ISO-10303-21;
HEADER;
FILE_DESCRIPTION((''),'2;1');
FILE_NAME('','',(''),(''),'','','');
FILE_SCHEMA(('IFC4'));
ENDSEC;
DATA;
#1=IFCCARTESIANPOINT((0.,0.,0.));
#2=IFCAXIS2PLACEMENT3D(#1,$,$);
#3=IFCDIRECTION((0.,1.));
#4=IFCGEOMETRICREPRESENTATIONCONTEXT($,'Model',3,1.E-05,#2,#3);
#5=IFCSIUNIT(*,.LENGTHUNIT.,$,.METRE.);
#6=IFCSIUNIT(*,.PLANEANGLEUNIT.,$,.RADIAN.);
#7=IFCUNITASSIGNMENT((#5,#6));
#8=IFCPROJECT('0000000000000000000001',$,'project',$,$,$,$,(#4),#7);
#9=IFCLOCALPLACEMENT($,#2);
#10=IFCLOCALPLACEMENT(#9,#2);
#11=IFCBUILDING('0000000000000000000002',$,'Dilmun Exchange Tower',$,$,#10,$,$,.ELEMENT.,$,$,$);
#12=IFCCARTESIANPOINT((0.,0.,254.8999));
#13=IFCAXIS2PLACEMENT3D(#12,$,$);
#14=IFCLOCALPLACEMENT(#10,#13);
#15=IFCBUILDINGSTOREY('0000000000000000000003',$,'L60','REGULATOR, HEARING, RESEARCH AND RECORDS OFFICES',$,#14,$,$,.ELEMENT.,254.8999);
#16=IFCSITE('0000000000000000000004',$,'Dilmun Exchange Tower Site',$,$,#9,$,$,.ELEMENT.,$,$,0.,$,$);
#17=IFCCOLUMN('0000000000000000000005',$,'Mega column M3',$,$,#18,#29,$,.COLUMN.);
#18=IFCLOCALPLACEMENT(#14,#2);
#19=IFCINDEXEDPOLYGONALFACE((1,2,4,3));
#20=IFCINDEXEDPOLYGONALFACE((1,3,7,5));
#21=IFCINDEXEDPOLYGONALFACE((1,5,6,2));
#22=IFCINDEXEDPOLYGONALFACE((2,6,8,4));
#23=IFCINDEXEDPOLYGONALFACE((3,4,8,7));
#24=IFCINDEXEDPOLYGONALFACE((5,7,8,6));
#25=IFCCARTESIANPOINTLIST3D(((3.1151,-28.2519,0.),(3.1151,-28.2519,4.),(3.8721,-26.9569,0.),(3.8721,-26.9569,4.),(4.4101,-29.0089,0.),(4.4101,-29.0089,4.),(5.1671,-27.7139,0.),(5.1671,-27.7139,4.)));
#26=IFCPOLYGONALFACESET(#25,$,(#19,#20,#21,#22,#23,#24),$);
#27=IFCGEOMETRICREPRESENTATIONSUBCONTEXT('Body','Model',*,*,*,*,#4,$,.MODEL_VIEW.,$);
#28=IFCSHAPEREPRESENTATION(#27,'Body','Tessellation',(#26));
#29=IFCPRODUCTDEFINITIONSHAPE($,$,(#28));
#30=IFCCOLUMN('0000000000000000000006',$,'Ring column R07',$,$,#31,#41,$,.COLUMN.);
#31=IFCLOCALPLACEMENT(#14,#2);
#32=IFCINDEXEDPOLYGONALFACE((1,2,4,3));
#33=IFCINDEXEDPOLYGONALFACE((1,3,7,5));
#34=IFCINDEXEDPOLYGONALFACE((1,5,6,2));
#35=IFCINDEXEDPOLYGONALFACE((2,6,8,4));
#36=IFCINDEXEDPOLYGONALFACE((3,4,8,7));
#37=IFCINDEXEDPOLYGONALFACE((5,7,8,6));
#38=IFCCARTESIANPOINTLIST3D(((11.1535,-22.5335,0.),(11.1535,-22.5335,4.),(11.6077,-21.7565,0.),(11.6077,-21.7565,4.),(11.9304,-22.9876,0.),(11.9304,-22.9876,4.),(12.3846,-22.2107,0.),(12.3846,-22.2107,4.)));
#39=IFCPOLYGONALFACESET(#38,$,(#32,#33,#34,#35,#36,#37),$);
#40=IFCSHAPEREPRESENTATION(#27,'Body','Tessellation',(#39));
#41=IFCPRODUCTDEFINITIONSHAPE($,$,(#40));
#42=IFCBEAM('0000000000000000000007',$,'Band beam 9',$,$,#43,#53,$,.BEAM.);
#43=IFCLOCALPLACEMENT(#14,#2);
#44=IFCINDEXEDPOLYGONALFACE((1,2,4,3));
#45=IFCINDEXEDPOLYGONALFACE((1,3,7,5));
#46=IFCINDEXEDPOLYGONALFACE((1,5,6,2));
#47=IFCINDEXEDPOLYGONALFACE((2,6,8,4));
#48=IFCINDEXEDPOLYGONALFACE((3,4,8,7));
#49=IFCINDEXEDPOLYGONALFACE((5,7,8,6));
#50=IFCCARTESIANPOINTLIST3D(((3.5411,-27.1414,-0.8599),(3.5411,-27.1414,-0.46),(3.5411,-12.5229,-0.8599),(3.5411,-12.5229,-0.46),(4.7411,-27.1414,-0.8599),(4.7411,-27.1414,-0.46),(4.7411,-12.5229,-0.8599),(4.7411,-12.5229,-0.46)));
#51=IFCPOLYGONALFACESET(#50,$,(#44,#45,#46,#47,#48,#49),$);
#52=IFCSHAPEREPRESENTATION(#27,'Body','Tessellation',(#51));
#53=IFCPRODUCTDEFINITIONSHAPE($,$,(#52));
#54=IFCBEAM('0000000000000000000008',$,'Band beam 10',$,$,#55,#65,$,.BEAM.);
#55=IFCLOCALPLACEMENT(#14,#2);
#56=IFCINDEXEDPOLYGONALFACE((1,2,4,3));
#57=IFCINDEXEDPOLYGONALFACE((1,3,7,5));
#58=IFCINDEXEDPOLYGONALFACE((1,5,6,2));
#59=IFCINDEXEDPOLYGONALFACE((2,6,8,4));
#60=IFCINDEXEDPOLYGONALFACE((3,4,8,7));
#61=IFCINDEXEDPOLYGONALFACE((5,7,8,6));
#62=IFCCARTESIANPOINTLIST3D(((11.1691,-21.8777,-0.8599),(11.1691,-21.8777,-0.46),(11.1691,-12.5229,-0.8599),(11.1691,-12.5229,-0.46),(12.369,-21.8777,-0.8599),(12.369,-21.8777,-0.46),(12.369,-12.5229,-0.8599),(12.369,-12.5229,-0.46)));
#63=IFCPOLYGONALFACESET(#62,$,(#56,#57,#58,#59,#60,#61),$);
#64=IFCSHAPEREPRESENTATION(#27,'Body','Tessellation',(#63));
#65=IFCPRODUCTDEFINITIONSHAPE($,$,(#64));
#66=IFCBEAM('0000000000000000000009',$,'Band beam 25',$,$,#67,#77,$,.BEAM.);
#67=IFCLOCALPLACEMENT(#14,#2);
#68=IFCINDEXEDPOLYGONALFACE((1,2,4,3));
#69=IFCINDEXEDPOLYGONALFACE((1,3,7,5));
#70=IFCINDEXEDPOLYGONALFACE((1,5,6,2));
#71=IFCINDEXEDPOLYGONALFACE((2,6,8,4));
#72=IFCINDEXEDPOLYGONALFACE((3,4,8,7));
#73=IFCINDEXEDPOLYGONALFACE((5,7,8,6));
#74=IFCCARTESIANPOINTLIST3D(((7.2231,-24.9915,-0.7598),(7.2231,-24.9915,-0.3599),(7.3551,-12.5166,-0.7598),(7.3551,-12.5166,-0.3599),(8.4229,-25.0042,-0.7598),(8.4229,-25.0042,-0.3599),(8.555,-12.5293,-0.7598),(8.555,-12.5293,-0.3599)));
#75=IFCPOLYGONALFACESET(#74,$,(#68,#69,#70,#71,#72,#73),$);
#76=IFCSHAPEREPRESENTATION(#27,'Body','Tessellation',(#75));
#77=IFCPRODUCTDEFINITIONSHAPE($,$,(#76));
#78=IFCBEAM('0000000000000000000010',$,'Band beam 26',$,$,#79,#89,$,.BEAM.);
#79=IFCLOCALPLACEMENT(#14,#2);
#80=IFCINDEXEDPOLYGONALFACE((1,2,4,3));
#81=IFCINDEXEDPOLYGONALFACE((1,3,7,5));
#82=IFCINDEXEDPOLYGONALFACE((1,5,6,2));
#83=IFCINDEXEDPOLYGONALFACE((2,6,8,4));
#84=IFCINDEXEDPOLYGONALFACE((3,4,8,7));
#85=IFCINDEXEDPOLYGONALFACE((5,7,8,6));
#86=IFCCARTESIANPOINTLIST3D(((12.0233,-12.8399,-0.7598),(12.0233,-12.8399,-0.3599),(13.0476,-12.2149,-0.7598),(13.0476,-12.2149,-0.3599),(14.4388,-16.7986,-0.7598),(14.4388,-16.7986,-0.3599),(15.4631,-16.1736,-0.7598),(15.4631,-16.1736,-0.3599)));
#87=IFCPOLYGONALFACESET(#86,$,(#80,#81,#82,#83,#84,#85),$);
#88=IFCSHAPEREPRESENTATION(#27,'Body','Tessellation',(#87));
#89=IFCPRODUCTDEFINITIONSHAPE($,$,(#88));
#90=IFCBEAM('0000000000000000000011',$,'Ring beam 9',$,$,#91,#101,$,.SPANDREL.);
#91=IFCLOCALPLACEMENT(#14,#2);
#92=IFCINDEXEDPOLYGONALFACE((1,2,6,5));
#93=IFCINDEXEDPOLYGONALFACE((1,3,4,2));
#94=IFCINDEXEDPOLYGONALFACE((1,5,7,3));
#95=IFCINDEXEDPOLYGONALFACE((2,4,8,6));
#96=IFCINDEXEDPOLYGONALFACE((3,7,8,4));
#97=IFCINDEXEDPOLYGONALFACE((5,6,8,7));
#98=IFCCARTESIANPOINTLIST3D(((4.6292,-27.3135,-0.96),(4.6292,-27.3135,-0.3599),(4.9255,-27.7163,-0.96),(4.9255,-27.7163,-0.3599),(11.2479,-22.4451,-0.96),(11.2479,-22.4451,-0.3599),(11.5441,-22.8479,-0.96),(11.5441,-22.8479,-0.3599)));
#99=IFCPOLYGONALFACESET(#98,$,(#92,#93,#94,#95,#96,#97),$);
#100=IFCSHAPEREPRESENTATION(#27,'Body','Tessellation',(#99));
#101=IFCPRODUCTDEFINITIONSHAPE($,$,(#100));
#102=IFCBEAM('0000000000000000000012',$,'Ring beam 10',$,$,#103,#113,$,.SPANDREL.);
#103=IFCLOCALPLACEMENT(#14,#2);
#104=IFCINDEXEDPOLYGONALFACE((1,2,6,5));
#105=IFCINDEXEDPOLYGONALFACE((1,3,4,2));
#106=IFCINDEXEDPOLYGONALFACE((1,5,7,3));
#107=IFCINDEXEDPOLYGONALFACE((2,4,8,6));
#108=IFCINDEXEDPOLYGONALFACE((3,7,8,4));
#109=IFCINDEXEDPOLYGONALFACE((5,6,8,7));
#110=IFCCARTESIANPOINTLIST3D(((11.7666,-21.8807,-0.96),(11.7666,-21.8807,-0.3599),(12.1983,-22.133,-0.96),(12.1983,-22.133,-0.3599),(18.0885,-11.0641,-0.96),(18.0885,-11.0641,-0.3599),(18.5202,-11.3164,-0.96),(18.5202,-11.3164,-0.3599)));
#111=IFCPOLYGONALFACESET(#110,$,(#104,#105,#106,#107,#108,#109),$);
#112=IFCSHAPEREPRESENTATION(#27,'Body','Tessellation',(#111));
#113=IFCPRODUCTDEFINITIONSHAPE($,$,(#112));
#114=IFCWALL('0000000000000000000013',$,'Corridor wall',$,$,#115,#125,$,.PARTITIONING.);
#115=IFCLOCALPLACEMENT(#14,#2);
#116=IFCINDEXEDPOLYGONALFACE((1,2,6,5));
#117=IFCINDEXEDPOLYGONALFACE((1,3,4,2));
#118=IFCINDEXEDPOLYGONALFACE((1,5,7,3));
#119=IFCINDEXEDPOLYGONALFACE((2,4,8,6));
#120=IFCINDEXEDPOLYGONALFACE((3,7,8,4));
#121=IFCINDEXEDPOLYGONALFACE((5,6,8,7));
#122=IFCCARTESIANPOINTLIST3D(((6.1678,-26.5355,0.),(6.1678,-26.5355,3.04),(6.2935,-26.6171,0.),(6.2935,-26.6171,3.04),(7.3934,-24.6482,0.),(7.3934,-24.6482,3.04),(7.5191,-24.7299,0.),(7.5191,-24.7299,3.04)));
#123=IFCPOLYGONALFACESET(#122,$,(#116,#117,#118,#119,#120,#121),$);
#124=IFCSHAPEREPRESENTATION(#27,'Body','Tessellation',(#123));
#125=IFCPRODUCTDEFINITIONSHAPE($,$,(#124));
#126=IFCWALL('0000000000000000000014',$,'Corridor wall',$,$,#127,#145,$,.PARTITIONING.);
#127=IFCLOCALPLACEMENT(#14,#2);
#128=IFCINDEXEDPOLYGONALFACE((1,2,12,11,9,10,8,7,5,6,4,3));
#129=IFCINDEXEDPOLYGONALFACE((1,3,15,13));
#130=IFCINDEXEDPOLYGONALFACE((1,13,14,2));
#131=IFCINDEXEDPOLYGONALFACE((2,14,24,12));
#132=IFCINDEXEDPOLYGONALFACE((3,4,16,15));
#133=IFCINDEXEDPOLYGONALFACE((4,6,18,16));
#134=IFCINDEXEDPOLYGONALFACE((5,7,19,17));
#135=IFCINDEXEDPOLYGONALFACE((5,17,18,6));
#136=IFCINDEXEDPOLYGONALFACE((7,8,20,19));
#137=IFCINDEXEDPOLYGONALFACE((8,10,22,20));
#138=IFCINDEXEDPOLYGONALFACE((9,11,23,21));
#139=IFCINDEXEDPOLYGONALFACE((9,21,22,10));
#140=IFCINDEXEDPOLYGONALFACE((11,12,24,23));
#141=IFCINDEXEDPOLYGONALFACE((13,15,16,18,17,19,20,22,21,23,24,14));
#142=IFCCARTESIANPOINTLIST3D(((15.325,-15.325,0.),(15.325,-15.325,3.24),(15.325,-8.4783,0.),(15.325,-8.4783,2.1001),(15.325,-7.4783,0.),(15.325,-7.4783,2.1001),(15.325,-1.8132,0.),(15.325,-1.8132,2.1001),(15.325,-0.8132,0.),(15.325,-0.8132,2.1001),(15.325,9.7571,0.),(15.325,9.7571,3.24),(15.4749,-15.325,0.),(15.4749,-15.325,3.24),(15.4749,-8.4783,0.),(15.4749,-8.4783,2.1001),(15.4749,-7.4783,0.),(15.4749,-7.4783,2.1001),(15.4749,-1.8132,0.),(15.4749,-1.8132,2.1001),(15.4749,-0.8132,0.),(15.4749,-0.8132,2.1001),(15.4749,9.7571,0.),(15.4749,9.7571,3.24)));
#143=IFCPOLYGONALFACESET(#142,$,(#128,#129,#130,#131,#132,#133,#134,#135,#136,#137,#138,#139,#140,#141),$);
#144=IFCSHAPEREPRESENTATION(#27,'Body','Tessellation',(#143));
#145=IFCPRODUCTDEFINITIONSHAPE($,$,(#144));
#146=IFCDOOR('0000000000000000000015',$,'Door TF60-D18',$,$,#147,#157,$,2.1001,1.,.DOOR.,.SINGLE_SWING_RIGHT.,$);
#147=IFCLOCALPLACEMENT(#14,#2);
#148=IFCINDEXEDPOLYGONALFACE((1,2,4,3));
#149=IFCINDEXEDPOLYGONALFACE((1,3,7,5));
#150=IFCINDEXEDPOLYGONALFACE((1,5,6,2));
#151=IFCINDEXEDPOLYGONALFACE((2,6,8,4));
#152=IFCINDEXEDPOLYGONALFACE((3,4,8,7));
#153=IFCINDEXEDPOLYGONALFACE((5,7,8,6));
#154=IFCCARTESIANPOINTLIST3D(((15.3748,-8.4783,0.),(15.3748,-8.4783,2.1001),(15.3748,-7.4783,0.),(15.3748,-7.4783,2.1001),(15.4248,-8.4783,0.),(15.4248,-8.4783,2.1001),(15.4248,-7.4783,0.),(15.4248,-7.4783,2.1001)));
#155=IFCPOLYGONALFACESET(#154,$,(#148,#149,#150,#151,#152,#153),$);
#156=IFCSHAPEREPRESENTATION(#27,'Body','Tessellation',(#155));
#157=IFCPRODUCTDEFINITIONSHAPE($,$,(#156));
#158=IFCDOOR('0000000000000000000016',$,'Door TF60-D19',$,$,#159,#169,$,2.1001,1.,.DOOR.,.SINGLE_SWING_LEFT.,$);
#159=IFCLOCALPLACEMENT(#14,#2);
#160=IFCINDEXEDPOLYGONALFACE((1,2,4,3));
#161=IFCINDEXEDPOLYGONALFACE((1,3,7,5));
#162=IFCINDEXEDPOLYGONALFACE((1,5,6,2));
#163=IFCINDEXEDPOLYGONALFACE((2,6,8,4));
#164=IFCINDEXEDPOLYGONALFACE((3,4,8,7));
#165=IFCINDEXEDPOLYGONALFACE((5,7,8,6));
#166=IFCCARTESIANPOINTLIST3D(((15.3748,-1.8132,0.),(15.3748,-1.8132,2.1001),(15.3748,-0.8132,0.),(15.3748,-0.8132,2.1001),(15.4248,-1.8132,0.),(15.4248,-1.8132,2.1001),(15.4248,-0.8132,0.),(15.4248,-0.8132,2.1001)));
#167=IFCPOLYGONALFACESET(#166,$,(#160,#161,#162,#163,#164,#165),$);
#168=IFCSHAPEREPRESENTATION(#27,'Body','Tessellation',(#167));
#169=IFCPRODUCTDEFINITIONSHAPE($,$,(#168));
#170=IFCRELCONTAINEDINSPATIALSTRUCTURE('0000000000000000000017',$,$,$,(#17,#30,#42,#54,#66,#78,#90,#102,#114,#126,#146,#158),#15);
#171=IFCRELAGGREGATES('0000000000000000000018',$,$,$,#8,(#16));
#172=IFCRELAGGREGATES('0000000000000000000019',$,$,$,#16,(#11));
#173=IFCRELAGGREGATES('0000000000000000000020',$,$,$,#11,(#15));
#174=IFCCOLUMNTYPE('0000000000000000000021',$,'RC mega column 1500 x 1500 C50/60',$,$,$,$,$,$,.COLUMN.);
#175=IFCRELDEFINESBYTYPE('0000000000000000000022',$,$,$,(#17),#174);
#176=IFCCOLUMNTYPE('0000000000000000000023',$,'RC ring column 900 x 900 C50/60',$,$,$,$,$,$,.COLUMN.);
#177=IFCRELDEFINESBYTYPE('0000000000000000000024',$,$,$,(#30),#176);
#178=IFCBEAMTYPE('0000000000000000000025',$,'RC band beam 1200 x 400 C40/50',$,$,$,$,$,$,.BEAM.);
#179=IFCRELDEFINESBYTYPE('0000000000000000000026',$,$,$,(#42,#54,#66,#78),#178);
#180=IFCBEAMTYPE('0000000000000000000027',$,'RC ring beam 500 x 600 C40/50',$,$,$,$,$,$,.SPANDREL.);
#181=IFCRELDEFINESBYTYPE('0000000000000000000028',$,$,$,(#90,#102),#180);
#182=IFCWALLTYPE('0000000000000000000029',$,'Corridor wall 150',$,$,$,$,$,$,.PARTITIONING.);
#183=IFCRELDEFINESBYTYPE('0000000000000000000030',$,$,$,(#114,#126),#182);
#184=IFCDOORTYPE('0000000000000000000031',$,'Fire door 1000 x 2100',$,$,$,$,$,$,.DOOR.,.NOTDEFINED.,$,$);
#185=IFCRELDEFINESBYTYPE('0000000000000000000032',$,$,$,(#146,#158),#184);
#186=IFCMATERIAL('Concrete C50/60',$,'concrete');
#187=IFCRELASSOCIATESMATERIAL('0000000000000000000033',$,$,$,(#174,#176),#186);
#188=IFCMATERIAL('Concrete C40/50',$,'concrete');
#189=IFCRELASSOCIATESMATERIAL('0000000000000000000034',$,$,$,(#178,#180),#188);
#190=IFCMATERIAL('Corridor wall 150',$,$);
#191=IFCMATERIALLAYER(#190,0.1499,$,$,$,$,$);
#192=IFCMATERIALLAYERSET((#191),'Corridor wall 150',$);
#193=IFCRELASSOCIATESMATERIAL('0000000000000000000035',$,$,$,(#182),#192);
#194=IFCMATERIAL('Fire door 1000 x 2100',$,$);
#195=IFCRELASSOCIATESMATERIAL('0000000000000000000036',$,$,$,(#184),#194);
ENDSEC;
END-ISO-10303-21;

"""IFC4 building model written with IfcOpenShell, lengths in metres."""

from ifc_helpers import new_model, si_unit, direction, frame, frame_2d, origin, origin_2d, place, context, subcontext, project, spatial, rectangle, extrude, material, layer, layer_set, material_profile, profile_set, type_object, element, fill, save


model = new_model("IFC4")

# Units and contexts
model_context = context("Model", 3, precision=1e-05, world=origin(), true_north=direction((0.0, 1.0)))
body_context = subcontext(model_context, "Body", "Model", "MODEL_VIEW")
ifc_project = project(units=[si_unit("LENGTHUNIT", "METRE"), si_unit("PLANEANGLEUNIT", "RADIAN")], contexts=[model_context])

# Site, building, storey
site_placement = place(None, origin())
site = spatial("IfcSite", under=ifc_project, at=site_placement, Name="Dilmun Exchange Tower Site", CompositionType="ELEMENT", RefElevation=0.0)
building_placement = place(site_placement, origin())
building = spatial("IfcBuilding", under=site, at=building_placement, Name="Dilmun Exchange Tower", CompositionType="ELEMENT")
storey_placement = place(building_placement, frame((0.0, 0.0, 254.8999)))
storey = spatial("IfcBuildingStorey", under=building, at=storey_placement, Name="L60", Description="REGULATOR, HEARING, RESEARCH AND RECORDS OFFICES", CompositionType="ELEMENT", Elevation=254.8999)

# Columns
ifc_material_1 = material(Name="Concrete C50/60", Category="concrete")
ifc_material_profile_1 = material_profile(ifc_material_1, rectangle(XDim=1.5, YDim=1.5, at=origin_2d()), Name="1500 x 1500")
ifc_profile_set_1 = profile_set([ifc_material_profile_1], Name="Concrete C50/60")
column_type_1 = type_object("IfcColumnType", Name="RC mega column 1500 x 1500 C50/60", PredefinedType="COLUMN", material=ifc_profile_set_1)
column_1_placement = place(storey_placement, frame((4.1411, -27.9829, 0.0), z_axis=(0.0, 0.0, 1.0), x_axis=(0.504644, 0.863328, 0.0)))
element("IfcColumn", 1, at=column_1_placement, inside=storey, type_object=column_type_1, Name="Mega column M3", PredefinedType="COLUMN", context=body_context, shape_type="SweptSolid", body=[
    extrude(rectangle(XDim=1.5, YDim=1.5, at=origin_2d()), origin(), (0.0, 0.0, 1.0), 4.0),
])
ifc_material_profile_2 = material_profile(ifc_material_1, rectangle(XDim=0.8999, YDim=0.8999, at=origin_2d()), Name="900 x 900")
ifc_profile_set_2 = profile_set([ifc_material_profile_2], Name="Concrete C50/60")
column_type_2 = type_object("IfcColumnType", Name="RC ring column 900 x 900 C50/60", PredefinedType="COLUMN", material=ifc_profile_set_2)
column_2_placement = place(storey_placement, frame((11.769, -22.3721, 0.0), z_axis=(0.0, 0.0, 1.0), x_axis=(0.504644, 0.863328, 0.0)))
element("IfcColumn", 2, at=column_2_placement, inside=storey, type_object=column_type_2, Name="Ring column R07", PredefinedType="COLUMN", context=body_context, shape_type="SweptSolid", body=[
    extrude(rectangle(XDim=0.8999, YDim=0.8999, at=origin_2d()), origin(), (0.0, 0.0, 1.0), 4.0),
])

# Beams
ifc_material_2 = material(Name="Concrete C40/50", Category="concrete")
ifc_material_profile_3 = material_profile(ifc_material_2, rectangle(XDim=1.2, YDim=0.3999, at=origin_2d()), Name="1200 x 400")
ifc_profile_set_3 = profile_set([ifc_material_profile_3], Name="Concrete C40/50")
beam_type_1 = type_object("IfcBeamType", Name="RC band beam 1200 x 400 C40/50", PredefinedType="BEAM", material=ifc_profile_set_3)
beam_1_placement = place(storey_placement, frame((4.1411, -27.1414, -0.6599), z_axis=(0.0, 1.0, 0.0), x_axis=(-1.0, 0.0, 0.0)))
element("IfcBeam", 3, at=beam_1_placement, inside=storey, type_object=beam_type_1, Name="Band beam 9", PredefinedType="BEAM", context=body_context, shape_type="SweptSolid", body=[
    extrude(rectangle(XDim=1.2, YDim=0.3999, at=origin_2d()), origin(), (0.0, 0.0, 1.0), 14.6184),
])
beam_2_placement = place(storey_placement, frame((11.769, -21.8777, -0.6599), z_axis=(0.0, 1.0, 0.0), x_axis=(-1.0, 0.0, 0.0)))
element("IfcBeam", 4, at=beam_2_placement, inside=storey, type_object=beam_type_1, Name="Band beam 10", PredefinedType="BEAM", context=body_context, shape_type="SweptSolid", body=[
    extrude(rectangle(XDim=1.2, YDim=0.3999, at=origin_2d()), origin(), (0.0, 0.0, 1.0), 9.3547),
])
beam_3_placement = place(storey_placement, frame((7.823, -24.9978, -0.5598), z_axis=(0.010587, 0.999944, 0.0), x_axis=(-0.999944, 0.010587, 0.0)))
element("IfcBeam", 5, at=beam_3_placement, inside=storey, type_object=beam_type_1, Name="Band beam 25", PredefinedType="BEAM", context=body_context, shape_type="SweptSolid", body=[
    extrude(rectangle(XDim=1.2, YDim=0.3999, at=origin_2d()), origin(), (0.0, 0.0, 1.0), 12.4756),
])
beam_4_placement = place(storey_placement, frame((14.9509, -16.4861, -0.5598), z_axis=(-0.520869, 0.853637, 0.0), x_axis=(-0.853637, -0.520869, 0.0)))
element("IfcBeam", 6, at=beam_4_placement, inside=storey, type_object=beam_type_1, Name="Band beam 26", PredefinedType="BEAM", context=body_context, shape_type="SweptSolid", body=[
    extrude(rectangle(XDim=1.2, YDim=0.3999, at=origin_2d()), origin(), (0.0, 0.0, 1.0), 4.6375),
])
ifc_material_profile_4 = material_profile(ifc_material_2, rectangle(XDim=0.5, YDim=0.6001, at=origin_2d()), Name="500 x 600")
ifc_profile_set_4 = profile_set([ifc_material_profile_4], Name="Concrete C40/50")
beam_type_2 = type_object("IfcBeamType", Name="RC ring beam 500 x 600 C40/50", PredefinedType="SPANDREL", material=ifc_profile_set_4)
beam_5_placement = place(storey_placement, frame((4.7773, -27.5149, -0.6599), z_axis=(0.805549, 0.592529, 0.0), x_axis=(-0.592529, 0.805549, 0.0)))
element("IfcBeam", 7, at=beam_5_placement, inside=storey, type_object=beam_type_2, Name="Ring beam 9", PredefinedType="SPANDREL", context=body_context, shape_type="SweptSolid", body=[
    extrude(rectangle(XDim=0.5, YDim=0.6001, at=origin_2d()), origin(), (0.0, 0.0, 1.0), 8.2163),
])
beam_6_placement = place(storey_placement, frame((11.9824, -22.0068, -0.6599), z_axis=(0.504604, 0.863351, 0.0), x_axis=(-0.863351, 0.504604, 0.0)))
element("IfcBeam", 8, at=beam_6_placement, inside=storey, type_object=beam_type_2, Name="Ring beam 10", PredefinedType="SPANDREL", context=body_context, shape_type="SweptSolid", body=[
    extrude(rectangle(XDim=0.5, YDim=0.6001, at=origin_2d()), origin(), (0.0, 0.0, 1.0), 12.5286),
])

# Wall
ifc_material_3 = material(Name="Corridor wall 150")
ifc_layer_1 = layer(ifc_material_3, 0.1499)
ifc_layer_set_1 = layer_set([ifc_layer_1], Name="Corridor wall 150")
wall_type_1 = type_object("IfcWallType", Name="Corridor wall 150", PredefinedType="PARTITIONING", material=ifc_layer_set_1)
wall_1_placement = place(storey_placement, frame((6.2307, -26.5762, 0.0), z_axis=(0.0, 0.0, 1.0), x_axis=(0.544645, 0.838667, 0.0)))
element("IfcWall", 9, at=wall_1_placement, inside=storey, type_object=wall_type_1, Name="Corridor wall", PredefinedType="PARTITIONING", context=body_context, shape_type="SweptSolid", body=[
    extrude(rectangle(XDim=2.2502, YDim=0.1499, at=frame_2d((1.125, 0.0))), origin(), (0.0, 0.0, 1.0), 3.04),
])

# Wall, openings, doors
wall_2_placement = place(storey_placement, frame((15.3999, -15.325, 0.0), z_axis=(0.0, 0.0, 1.0), x_axis=(0.0, 1.0, 0.0)))
wall_2 = element("IfcWall", 10, at=wall_2_placement, inside=storey, type_object=wall_type_1, Name="Corridor wall", PredefinedType="PARTITIONING", context=body_context, shape_type="SweptSolid", body=[
    extrude(rectangle(XDim=25.082, YDim=0.1499, at=frame_2d((12.541, 0.0))), origin(), (0.0, 0.0, 1.0), 3.24),
])
opening_1_placement = place(wall_2_placement, frame((6.8467, 0.0, 0.0)))
opening_1 = element("IfcOpeningElement", 11, at=opening_1_placement, cuts=wall_2, PredefinedType="OPENING", context=body_context, shape_type="SweptSolid", body=[
    extrude(rectangle(XDim=1.0, YDim=2.1001, at=frame_2d((0.5, 1.05))), frame((0.0, 0.085, 0.0), z_axis=(0.0, -1.0, 0.0), x_axis=(1.0, 0.0, 0.0)), (0.0, 0.0, 1.0), 0.1699),
])
opening_2_placement = place(wall_2_placement, frame((13.5117, 0.0, 0.0)))
opening_2 = element("IfcOpeningElement", 12, at=opening_2_placement, cuts=wall_2, PredefinedType="OPENING", context=body_context, shape_type="SweptSolid", body=[
    extrude(rectangle(XDim=1.0, YDim=2.1001, at=frame_2d((0.5, 1.05))), frame((0.0, 0.085, 0.0), z_axis=(0.0, -1.0, 0.0), x_axis=(1.0, 0.0, 0.0)), (0.0, 0.0, 1.0), 0.1699),
])
ifc_material_4 = material(Name="Fire door 1000 x 2100")
door_type = type_object("IfcDoorType", Name="Fire door 1000 x 2100", OperationType="NOTDEFINED", PredefinedType="DOOR", material=ifc_material_4)
door_1_placement = place(opening_1_placement, frame((1.0, 0.0, 0.0), z_axis=(0.0, 0.0, 1.0), x_axis=(-1.0, 0.0, 0.0)))
door_1 = element("IfcDoor", 13, at=door_1_placement, inside=storey, type_object=door_type, Name="Door TF60-D18", OperationType="SINGLE_SWING_RIGHT", OverallHeight=2.1001, OverallWidth=1.0, PredefinedType="DOOR", context=body_context, shape_type="SweptSolid", body=[
    extrude(rectangle(XDim=1.0, YDim=2.1001, at=frame_2d((0.5, 1.05))), frame((0.0, 0.0249, 0.0), z_axis=(0.0, -1.0, 0.0), x_axis=(1.0, 0.0, 0.0)), (0.0, 0.0, 1.0), 0.05),
])
fill(opening_1, door_1)
door_2_placement = place(opening_2_placement, frame((1.0, 0.0, 0.0), z_axis=(0.0, 0.0, 1.0), x_axis=(-1.0, 0.0, 0.0)))
door_2 = element("IfcDoor", 14, at=door_2_placement, inside=storey, type_object=door_type, Name="Door TF60-D19", OperationType="SINGLE_SWING_LEFT", OverallHeight=2.1001, OverallWidth=1.0, PredefinedType="DOOR", context=body_context, shape_type="SweptSolid", body=[
    extrude(rectangle(XDim=1.0, YDim=2.1001, at=frame_2d((0.5, 1.05))), frame((0.0, 0.0249, 0.0), z_axis=(0.0, -1.0, 0.0), x_axis=(1.0, 0.0, 0.0)), (0.0, 0.0, 1.0), 0.05),
])
fill(opening_2, door_2)

save(model, "model.ifc")
